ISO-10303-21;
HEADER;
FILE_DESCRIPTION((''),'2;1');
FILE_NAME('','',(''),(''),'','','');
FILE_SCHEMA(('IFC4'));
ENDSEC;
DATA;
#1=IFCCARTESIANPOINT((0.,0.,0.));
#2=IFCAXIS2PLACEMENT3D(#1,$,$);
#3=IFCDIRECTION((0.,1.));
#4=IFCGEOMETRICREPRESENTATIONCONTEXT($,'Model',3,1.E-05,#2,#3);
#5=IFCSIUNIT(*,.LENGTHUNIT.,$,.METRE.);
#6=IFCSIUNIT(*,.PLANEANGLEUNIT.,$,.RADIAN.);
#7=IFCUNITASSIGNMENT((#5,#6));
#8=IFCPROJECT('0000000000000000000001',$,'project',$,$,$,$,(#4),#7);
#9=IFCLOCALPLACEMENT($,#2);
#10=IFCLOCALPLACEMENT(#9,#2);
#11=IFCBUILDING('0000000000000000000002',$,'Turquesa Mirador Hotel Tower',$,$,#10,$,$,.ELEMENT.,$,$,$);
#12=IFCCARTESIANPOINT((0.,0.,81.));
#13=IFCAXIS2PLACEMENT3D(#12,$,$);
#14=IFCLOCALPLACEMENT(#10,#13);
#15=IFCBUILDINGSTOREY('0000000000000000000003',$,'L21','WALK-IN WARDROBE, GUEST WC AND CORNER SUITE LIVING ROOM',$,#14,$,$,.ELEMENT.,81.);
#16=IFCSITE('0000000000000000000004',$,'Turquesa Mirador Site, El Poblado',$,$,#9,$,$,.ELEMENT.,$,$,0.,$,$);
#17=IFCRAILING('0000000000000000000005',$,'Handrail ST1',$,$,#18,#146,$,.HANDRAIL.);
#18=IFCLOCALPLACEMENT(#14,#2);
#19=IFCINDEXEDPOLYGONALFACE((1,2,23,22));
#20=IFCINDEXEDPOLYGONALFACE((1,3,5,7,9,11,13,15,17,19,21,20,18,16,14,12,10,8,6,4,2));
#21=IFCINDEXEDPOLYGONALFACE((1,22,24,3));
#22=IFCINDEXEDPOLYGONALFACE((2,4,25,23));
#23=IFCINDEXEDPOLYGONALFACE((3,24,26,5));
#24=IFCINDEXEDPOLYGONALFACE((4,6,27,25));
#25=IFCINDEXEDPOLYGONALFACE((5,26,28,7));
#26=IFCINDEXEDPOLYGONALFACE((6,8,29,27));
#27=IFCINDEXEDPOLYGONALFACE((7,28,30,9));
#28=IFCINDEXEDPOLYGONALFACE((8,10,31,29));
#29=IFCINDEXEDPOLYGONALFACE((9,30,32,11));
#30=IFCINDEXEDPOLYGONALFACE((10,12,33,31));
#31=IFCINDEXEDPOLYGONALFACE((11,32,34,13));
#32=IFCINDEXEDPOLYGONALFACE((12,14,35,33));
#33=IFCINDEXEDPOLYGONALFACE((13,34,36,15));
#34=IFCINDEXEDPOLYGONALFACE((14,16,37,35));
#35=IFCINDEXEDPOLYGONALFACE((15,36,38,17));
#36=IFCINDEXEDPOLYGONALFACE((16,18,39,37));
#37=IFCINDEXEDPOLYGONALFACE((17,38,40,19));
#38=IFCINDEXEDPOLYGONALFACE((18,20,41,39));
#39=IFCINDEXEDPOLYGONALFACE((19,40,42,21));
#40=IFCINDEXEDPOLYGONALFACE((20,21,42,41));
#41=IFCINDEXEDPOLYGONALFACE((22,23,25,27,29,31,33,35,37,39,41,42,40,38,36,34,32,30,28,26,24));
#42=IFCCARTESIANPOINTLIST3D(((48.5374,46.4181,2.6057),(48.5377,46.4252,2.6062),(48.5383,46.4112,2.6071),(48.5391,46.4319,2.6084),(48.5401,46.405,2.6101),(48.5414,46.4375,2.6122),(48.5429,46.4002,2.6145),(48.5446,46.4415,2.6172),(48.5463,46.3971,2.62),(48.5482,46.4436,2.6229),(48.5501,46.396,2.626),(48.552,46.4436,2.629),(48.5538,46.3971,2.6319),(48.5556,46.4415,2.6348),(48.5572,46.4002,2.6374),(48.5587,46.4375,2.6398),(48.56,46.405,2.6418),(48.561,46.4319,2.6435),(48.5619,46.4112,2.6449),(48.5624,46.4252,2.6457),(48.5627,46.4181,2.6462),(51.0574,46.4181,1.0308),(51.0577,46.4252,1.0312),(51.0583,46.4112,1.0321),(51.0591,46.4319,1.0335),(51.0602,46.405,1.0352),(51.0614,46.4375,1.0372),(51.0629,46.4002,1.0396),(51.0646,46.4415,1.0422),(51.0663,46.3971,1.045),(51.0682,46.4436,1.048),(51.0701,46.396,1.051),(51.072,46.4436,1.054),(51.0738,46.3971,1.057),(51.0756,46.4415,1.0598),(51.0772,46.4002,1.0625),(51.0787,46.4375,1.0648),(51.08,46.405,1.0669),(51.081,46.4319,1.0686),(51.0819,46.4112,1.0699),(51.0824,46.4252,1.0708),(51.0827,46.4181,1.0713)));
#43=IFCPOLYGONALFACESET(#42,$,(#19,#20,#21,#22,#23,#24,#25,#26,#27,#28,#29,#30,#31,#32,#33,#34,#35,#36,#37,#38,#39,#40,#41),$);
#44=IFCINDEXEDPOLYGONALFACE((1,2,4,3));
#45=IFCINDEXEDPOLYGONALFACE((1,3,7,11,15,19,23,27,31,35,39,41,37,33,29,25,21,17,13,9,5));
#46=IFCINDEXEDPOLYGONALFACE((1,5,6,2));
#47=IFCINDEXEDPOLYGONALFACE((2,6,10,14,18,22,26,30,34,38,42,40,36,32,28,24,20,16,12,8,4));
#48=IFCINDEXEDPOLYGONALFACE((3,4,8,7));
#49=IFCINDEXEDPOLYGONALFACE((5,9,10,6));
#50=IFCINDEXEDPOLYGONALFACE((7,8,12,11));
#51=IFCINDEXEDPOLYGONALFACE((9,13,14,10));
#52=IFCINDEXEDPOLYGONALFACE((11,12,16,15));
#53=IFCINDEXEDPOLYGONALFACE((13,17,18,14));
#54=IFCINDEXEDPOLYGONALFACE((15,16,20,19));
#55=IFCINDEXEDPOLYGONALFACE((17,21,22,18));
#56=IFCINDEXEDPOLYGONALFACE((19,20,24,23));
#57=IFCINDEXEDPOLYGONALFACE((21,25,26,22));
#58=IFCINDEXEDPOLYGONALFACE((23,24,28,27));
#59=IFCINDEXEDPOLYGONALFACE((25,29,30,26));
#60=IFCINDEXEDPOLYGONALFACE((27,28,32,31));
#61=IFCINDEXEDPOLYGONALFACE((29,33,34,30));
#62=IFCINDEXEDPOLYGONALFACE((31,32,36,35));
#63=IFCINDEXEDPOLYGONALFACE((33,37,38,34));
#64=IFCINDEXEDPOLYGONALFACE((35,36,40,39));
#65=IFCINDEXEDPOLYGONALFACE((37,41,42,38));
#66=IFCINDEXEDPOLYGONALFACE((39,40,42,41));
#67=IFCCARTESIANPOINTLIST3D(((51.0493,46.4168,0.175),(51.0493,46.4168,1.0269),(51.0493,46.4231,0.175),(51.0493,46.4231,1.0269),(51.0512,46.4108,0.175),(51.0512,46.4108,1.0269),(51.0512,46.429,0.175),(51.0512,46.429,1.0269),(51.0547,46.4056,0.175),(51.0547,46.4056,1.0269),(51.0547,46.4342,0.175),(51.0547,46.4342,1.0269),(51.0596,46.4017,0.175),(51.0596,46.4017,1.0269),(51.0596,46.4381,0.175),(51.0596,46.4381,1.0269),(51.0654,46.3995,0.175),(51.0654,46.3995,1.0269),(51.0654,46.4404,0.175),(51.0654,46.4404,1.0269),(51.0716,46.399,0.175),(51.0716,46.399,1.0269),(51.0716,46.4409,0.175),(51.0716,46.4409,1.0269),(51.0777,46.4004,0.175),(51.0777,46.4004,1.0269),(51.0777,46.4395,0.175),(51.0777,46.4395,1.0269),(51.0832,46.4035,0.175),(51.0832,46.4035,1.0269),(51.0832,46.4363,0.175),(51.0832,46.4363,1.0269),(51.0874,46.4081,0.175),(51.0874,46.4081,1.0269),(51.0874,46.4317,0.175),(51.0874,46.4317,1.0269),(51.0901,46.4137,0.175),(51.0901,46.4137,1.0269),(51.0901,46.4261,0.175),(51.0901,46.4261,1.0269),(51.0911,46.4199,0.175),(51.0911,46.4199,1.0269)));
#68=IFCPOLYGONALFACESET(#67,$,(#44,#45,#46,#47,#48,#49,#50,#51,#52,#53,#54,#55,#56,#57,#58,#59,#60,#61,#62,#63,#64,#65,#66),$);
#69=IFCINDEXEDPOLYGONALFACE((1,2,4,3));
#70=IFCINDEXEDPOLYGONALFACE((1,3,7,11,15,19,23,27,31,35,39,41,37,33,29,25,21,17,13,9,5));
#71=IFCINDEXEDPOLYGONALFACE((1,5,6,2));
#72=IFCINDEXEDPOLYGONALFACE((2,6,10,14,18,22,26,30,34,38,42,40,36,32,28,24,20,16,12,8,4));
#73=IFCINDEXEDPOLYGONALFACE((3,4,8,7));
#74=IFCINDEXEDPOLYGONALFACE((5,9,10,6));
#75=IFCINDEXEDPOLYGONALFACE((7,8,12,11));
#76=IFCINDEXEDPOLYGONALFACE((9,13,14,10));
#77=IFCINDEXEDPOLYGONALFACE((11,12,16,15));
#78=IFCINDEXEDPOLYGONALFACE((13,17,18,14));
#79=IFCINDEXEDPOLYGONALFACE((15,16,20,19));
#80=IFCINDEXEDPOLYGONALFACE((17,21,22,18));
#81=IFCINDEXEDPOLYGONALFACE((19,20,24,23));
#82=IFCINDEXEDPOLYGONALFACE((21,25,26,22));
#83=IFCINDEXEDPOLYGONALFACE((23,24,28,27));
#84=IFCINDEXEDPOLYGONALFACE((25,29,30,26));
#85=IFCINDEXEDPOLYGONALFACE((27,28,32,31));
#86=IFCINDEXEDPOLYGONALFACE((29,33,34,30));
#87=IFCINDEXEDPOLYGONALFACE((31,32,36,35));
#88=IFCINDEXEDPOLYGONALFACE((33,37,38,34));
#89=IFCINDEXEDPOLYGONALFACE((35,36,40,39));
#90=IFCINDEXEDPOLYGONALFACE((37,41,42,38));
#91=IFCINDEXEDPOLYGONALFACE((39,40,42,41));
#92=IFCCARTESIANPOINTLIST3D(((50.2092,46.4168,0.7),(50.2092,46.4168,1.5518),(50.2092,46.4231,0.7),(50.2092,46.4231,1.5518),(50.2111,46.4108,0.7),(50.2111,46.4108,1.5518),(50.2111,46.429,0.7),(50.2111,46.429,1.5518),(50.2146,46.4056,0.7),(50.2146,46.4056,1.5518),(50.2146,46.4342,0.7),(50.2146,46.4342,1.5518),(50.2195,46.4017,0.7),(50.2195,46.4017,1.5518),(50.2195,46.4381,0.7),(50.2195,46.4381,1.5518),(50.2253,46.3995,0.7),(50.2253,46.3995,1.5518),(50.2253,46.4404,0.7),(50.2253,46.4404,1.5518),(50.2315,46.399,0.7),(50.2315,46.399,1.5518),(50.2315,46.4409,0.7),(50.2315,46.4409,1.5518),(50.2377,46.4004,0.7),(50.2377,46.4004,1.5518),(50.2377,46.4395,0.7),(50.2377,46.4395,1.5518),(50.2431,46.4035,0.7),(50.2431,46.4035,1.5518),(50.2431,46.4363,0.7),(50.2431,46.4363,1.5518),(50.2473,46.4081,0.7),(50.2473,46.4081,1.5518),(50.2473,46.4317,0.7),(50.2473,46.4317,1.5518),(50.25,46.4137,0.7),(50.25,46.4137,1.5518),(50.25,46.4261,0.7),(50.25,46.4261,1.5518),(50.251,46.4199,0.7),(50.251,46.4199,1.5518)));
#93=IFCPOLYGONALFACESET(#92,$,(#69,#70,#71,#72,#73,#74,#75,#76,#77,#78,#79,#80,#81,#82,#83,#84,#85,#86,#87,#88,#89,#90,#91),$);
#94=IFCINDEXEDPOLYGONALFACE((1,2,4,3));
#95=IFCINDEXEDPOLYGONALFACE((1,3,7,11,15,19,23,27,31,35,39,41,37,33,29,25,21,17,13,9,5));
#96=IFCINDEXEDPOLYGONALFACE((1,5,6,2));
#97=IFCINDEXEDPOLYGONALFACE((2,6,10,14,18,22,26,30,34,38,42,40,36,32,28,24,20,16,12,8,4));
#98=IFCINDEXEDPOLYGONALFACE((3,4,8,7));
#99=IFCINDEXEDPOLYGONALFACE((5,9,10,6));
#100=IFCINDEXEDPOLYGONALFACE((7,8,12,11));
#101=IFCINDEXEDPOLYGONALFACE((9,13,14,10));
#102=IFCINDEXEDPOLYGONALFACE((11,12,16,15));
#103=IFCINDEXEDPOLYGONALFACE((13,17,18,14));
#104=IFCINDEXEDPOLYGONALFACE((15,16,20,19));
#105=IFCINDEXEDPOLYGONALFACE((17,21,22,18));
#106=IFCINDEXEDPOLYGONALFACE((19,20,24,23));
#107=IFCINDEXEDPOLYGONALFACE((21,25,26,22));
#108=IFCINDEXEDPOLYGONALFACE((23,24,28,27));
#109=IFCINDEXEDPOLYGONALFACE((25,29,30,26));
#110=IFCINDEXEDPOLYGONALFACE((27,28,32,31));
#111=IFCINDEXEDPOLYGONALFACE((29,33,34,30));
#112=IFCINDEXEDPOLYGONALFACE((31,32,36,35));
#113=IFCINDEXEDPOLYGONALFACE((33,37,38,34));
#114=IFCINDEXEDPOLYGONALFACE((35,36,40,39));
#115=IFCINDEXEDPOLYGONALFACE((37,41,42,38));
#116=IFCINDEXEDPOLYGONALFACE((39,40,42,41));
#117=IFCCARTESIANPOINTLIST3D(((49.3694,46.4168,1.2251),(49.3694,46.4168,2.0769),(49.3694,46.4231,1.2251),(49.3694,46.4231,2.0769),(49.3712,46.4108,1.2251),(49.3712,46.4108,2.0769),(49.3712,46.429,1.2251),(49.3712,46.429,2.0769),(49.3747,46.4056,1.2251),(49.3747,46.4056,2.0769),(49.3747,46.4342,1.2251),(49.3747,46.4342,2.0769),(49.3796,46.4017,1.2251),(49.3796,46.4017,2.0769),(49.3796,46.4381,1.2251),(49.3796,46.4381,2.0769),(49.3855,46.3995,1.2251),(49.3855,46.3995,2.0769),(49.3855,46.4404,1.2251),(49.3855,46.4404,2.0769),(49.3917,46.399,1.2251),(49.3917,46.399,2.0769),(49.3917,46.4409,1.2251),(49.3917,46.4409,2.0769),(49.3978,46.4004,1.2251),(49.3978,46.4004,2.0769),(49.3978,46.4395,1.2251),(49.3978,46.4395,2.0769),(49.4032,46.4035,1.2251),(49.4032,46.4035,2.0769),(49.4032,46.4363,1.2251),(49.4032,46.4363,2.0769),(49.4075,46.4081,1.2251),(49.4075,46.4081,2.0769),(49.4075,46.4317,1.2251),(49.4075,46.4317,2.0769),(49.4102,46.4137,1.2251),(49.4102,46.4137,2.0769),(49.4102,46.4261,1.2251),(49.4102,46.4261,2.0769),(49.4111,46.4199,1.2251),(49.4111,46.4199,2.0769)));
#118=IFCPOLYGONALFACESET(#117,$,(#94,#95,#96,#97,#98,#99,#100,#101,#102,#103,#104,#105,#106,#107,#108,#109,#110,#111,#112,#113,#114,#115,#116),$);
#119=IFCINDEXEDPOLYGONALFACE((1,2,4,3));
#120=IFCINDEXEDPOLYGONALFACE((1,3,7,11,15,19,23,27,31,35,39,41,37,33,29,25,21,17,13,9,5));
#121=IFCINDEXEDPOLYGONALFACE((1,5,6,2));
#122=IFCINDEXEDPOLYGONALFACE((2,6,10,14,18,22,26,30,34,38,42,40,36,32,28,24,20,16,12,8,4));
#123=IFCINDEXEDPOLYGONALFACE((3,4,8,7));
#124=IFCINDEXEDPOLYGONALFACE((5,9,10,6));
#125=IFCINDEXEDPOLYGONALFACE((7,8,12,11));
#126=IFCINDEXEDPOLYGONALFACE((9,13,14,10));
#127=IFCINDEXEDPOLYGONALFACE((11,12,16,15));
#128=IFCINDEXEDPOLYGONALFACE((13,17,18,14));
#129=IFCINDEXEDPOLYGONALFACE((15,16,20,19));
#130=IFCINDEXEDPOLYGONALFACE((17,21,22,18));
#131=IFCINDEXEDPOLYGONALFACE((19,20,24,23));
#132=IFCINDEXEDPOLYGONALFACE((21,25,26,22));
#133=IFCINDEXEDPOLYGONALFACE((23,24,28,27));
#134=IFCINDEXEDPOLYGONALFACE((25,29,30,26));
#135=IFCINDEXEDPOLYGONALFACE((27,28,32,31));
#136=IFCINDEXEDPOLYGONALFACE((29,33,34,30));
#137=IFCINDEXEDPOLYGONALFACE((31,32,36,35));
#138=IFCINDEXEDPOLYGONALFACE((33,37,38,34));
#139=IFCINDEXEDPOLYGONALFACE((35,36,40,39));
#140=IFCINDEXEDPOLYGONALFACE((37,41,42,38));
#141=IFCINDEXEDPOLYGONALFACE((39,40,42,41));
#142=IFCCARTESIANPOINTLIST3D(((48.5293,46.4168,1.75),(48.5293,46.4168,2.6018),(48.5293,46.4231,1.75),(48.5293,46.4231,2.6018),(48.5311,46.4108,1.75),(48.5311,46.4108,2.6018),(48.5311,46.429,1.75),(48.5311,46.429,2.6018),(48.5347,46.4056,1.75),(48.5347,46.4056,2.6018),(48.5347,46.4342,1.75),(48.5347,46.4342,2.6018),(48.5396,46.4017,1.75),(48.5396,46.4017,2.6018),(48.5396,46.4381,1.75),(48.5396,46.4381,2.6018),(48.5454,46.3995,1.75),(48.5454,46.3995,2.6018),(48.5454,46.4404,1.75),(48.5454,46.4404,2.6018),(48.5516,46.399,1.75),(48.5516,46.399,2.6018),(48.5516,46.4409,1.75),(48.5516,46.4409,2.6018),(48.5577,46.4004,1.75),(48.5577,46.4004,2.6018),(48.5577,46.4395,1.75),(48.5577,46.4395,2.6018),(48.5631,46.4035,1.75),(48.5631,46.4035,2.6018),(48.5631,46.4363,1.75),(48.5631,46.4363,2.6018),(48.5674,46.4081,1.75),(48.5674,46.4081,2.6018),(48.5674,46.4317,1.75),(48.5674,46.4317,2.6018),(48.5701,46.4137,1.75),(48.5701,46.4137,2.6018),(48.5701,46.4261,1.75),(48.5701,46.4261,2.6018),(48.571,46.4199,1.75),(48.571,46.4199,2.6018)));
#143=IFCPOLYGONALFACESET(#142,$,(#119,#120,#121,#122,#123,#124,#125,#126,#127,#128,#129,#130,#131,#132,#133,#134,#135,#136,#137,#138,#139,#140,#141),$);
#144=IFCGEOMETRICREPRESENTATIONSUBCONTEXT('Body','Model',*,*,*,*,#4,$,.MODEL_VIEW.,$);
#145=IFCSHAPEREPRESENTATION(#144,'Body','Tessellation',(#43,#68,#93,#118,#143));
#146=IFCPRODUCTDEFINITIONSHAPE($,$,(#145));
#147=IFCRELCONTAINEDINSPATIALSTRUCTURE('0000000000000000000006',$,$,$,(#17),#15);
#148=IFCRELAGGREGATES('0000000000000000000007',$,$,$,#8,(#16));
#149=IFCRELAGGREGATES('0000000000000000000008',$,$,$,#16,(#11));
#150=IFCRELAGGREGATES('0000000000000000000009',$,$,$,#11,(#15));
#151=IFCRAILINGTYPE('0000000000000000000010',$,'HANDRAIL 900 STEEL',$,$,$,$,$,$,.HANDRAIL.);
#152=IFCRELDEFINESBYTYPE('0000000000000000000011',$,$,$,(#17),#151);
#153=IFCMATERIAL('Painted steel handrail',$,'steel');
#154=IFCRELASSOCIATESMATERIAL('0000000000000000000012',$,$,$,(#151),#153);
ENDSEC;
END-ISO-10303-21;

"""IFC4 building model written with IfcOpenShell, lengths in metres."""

from ifc_helpers import new_model, si_unit, direction, frame, origin, origin_2d, place, context, subcontext, project, spatial, circle, extrude, material, type_object, element, save


model = new_model("IFC4")

# Units and contexts
model_context = context("Model", 3, precision=1e-05, world=origin(), true_north=direction((0.0, 1.0)))
body_context = subcontext(model_context, "Body", "Model", "MODEL_VIEW")
ifc_project = project(units=[si_unit("LENGTHUNIT", "METRE"), si_unit("PLANEANGLEUNIT", "RADIAN")], contexts=[model_context])

# Site, building, storey
site_placement = place(None, origin())
site = spatial("IfcSite", under=ifc_project, at=site_placement, Name="Turquesa Mirador Site, El Poblado", CompositionType="ELEMENT", RefElevation=0.0)
building_placement = place(site_placement, origin())
building = spatial("IfcBuilding", under=site, at=building_placement, Name="Turquesa Mirador Hotel Tower", CompositionType="ELEMENT")
storey_placement = place(building_placement, frame((0.0, 0.0, 81.0)))
storey = spatial("IfcBuildingStorey", under=building, at=storey_placement, Name="L21", Description="WALK-IN WARDROBE, GUEST WC AND CORNER SUITE LIVING ROOM", CompositionType="ELEMENT", Elevation=81.0)

# Railing
ifc_material_1 = material(Name="Painted steel handrail", Category="steel")
railing_type = type_object("IfcRailingType", Name="HANDRAIL 900 STEEL", PredefinedType="HANDRAIL", material=ifc_material_1)
railing_1_placement = place(storey_placement, frame((51.0701, 46.4199, 0.175)))
element("IfcRailing", 1, at=railing_1_placement, inside=storey, type_object=railing_type, Name="Handrail ST1", PredefinedType="HANDRAIL", context=body_context, shape_type="SweptSolid", body=[
    extrude(circle(Radius=0.0239, at=origin_2d()), frame((0.0, 0.0, 0.876), z_axis=(-0.848008, 0.0, 0.529984), x_axis=(0.0, -1.0, 0.0)), (0.0, 0.0, 1.0), 2.9717),
    extrude(circle(Radius=0.021, at=origin_2d()), origin(), (0.0, 0.0, 1.0), 0.8518),
    extrude(circle(Radius=0.021, at=origin_2d()), frame((-0.8401, 0.0, 0.5249)), (0.0, 0.0, 1.0), 0.8518),
    extrude(circle(Radius=0.021, at=origin_2d()), frame((-1.6799, 0.0, 1.05)), (0.0, 0.0, 1.0), 0.8518),
    extrude(circle(Radius=0.021, at=origin_2d()), frame((-2.52, 0.0, 1.575)), (0.0, 0.0, 1.0), 0.8518),
])

save(model, "model.ifc")
